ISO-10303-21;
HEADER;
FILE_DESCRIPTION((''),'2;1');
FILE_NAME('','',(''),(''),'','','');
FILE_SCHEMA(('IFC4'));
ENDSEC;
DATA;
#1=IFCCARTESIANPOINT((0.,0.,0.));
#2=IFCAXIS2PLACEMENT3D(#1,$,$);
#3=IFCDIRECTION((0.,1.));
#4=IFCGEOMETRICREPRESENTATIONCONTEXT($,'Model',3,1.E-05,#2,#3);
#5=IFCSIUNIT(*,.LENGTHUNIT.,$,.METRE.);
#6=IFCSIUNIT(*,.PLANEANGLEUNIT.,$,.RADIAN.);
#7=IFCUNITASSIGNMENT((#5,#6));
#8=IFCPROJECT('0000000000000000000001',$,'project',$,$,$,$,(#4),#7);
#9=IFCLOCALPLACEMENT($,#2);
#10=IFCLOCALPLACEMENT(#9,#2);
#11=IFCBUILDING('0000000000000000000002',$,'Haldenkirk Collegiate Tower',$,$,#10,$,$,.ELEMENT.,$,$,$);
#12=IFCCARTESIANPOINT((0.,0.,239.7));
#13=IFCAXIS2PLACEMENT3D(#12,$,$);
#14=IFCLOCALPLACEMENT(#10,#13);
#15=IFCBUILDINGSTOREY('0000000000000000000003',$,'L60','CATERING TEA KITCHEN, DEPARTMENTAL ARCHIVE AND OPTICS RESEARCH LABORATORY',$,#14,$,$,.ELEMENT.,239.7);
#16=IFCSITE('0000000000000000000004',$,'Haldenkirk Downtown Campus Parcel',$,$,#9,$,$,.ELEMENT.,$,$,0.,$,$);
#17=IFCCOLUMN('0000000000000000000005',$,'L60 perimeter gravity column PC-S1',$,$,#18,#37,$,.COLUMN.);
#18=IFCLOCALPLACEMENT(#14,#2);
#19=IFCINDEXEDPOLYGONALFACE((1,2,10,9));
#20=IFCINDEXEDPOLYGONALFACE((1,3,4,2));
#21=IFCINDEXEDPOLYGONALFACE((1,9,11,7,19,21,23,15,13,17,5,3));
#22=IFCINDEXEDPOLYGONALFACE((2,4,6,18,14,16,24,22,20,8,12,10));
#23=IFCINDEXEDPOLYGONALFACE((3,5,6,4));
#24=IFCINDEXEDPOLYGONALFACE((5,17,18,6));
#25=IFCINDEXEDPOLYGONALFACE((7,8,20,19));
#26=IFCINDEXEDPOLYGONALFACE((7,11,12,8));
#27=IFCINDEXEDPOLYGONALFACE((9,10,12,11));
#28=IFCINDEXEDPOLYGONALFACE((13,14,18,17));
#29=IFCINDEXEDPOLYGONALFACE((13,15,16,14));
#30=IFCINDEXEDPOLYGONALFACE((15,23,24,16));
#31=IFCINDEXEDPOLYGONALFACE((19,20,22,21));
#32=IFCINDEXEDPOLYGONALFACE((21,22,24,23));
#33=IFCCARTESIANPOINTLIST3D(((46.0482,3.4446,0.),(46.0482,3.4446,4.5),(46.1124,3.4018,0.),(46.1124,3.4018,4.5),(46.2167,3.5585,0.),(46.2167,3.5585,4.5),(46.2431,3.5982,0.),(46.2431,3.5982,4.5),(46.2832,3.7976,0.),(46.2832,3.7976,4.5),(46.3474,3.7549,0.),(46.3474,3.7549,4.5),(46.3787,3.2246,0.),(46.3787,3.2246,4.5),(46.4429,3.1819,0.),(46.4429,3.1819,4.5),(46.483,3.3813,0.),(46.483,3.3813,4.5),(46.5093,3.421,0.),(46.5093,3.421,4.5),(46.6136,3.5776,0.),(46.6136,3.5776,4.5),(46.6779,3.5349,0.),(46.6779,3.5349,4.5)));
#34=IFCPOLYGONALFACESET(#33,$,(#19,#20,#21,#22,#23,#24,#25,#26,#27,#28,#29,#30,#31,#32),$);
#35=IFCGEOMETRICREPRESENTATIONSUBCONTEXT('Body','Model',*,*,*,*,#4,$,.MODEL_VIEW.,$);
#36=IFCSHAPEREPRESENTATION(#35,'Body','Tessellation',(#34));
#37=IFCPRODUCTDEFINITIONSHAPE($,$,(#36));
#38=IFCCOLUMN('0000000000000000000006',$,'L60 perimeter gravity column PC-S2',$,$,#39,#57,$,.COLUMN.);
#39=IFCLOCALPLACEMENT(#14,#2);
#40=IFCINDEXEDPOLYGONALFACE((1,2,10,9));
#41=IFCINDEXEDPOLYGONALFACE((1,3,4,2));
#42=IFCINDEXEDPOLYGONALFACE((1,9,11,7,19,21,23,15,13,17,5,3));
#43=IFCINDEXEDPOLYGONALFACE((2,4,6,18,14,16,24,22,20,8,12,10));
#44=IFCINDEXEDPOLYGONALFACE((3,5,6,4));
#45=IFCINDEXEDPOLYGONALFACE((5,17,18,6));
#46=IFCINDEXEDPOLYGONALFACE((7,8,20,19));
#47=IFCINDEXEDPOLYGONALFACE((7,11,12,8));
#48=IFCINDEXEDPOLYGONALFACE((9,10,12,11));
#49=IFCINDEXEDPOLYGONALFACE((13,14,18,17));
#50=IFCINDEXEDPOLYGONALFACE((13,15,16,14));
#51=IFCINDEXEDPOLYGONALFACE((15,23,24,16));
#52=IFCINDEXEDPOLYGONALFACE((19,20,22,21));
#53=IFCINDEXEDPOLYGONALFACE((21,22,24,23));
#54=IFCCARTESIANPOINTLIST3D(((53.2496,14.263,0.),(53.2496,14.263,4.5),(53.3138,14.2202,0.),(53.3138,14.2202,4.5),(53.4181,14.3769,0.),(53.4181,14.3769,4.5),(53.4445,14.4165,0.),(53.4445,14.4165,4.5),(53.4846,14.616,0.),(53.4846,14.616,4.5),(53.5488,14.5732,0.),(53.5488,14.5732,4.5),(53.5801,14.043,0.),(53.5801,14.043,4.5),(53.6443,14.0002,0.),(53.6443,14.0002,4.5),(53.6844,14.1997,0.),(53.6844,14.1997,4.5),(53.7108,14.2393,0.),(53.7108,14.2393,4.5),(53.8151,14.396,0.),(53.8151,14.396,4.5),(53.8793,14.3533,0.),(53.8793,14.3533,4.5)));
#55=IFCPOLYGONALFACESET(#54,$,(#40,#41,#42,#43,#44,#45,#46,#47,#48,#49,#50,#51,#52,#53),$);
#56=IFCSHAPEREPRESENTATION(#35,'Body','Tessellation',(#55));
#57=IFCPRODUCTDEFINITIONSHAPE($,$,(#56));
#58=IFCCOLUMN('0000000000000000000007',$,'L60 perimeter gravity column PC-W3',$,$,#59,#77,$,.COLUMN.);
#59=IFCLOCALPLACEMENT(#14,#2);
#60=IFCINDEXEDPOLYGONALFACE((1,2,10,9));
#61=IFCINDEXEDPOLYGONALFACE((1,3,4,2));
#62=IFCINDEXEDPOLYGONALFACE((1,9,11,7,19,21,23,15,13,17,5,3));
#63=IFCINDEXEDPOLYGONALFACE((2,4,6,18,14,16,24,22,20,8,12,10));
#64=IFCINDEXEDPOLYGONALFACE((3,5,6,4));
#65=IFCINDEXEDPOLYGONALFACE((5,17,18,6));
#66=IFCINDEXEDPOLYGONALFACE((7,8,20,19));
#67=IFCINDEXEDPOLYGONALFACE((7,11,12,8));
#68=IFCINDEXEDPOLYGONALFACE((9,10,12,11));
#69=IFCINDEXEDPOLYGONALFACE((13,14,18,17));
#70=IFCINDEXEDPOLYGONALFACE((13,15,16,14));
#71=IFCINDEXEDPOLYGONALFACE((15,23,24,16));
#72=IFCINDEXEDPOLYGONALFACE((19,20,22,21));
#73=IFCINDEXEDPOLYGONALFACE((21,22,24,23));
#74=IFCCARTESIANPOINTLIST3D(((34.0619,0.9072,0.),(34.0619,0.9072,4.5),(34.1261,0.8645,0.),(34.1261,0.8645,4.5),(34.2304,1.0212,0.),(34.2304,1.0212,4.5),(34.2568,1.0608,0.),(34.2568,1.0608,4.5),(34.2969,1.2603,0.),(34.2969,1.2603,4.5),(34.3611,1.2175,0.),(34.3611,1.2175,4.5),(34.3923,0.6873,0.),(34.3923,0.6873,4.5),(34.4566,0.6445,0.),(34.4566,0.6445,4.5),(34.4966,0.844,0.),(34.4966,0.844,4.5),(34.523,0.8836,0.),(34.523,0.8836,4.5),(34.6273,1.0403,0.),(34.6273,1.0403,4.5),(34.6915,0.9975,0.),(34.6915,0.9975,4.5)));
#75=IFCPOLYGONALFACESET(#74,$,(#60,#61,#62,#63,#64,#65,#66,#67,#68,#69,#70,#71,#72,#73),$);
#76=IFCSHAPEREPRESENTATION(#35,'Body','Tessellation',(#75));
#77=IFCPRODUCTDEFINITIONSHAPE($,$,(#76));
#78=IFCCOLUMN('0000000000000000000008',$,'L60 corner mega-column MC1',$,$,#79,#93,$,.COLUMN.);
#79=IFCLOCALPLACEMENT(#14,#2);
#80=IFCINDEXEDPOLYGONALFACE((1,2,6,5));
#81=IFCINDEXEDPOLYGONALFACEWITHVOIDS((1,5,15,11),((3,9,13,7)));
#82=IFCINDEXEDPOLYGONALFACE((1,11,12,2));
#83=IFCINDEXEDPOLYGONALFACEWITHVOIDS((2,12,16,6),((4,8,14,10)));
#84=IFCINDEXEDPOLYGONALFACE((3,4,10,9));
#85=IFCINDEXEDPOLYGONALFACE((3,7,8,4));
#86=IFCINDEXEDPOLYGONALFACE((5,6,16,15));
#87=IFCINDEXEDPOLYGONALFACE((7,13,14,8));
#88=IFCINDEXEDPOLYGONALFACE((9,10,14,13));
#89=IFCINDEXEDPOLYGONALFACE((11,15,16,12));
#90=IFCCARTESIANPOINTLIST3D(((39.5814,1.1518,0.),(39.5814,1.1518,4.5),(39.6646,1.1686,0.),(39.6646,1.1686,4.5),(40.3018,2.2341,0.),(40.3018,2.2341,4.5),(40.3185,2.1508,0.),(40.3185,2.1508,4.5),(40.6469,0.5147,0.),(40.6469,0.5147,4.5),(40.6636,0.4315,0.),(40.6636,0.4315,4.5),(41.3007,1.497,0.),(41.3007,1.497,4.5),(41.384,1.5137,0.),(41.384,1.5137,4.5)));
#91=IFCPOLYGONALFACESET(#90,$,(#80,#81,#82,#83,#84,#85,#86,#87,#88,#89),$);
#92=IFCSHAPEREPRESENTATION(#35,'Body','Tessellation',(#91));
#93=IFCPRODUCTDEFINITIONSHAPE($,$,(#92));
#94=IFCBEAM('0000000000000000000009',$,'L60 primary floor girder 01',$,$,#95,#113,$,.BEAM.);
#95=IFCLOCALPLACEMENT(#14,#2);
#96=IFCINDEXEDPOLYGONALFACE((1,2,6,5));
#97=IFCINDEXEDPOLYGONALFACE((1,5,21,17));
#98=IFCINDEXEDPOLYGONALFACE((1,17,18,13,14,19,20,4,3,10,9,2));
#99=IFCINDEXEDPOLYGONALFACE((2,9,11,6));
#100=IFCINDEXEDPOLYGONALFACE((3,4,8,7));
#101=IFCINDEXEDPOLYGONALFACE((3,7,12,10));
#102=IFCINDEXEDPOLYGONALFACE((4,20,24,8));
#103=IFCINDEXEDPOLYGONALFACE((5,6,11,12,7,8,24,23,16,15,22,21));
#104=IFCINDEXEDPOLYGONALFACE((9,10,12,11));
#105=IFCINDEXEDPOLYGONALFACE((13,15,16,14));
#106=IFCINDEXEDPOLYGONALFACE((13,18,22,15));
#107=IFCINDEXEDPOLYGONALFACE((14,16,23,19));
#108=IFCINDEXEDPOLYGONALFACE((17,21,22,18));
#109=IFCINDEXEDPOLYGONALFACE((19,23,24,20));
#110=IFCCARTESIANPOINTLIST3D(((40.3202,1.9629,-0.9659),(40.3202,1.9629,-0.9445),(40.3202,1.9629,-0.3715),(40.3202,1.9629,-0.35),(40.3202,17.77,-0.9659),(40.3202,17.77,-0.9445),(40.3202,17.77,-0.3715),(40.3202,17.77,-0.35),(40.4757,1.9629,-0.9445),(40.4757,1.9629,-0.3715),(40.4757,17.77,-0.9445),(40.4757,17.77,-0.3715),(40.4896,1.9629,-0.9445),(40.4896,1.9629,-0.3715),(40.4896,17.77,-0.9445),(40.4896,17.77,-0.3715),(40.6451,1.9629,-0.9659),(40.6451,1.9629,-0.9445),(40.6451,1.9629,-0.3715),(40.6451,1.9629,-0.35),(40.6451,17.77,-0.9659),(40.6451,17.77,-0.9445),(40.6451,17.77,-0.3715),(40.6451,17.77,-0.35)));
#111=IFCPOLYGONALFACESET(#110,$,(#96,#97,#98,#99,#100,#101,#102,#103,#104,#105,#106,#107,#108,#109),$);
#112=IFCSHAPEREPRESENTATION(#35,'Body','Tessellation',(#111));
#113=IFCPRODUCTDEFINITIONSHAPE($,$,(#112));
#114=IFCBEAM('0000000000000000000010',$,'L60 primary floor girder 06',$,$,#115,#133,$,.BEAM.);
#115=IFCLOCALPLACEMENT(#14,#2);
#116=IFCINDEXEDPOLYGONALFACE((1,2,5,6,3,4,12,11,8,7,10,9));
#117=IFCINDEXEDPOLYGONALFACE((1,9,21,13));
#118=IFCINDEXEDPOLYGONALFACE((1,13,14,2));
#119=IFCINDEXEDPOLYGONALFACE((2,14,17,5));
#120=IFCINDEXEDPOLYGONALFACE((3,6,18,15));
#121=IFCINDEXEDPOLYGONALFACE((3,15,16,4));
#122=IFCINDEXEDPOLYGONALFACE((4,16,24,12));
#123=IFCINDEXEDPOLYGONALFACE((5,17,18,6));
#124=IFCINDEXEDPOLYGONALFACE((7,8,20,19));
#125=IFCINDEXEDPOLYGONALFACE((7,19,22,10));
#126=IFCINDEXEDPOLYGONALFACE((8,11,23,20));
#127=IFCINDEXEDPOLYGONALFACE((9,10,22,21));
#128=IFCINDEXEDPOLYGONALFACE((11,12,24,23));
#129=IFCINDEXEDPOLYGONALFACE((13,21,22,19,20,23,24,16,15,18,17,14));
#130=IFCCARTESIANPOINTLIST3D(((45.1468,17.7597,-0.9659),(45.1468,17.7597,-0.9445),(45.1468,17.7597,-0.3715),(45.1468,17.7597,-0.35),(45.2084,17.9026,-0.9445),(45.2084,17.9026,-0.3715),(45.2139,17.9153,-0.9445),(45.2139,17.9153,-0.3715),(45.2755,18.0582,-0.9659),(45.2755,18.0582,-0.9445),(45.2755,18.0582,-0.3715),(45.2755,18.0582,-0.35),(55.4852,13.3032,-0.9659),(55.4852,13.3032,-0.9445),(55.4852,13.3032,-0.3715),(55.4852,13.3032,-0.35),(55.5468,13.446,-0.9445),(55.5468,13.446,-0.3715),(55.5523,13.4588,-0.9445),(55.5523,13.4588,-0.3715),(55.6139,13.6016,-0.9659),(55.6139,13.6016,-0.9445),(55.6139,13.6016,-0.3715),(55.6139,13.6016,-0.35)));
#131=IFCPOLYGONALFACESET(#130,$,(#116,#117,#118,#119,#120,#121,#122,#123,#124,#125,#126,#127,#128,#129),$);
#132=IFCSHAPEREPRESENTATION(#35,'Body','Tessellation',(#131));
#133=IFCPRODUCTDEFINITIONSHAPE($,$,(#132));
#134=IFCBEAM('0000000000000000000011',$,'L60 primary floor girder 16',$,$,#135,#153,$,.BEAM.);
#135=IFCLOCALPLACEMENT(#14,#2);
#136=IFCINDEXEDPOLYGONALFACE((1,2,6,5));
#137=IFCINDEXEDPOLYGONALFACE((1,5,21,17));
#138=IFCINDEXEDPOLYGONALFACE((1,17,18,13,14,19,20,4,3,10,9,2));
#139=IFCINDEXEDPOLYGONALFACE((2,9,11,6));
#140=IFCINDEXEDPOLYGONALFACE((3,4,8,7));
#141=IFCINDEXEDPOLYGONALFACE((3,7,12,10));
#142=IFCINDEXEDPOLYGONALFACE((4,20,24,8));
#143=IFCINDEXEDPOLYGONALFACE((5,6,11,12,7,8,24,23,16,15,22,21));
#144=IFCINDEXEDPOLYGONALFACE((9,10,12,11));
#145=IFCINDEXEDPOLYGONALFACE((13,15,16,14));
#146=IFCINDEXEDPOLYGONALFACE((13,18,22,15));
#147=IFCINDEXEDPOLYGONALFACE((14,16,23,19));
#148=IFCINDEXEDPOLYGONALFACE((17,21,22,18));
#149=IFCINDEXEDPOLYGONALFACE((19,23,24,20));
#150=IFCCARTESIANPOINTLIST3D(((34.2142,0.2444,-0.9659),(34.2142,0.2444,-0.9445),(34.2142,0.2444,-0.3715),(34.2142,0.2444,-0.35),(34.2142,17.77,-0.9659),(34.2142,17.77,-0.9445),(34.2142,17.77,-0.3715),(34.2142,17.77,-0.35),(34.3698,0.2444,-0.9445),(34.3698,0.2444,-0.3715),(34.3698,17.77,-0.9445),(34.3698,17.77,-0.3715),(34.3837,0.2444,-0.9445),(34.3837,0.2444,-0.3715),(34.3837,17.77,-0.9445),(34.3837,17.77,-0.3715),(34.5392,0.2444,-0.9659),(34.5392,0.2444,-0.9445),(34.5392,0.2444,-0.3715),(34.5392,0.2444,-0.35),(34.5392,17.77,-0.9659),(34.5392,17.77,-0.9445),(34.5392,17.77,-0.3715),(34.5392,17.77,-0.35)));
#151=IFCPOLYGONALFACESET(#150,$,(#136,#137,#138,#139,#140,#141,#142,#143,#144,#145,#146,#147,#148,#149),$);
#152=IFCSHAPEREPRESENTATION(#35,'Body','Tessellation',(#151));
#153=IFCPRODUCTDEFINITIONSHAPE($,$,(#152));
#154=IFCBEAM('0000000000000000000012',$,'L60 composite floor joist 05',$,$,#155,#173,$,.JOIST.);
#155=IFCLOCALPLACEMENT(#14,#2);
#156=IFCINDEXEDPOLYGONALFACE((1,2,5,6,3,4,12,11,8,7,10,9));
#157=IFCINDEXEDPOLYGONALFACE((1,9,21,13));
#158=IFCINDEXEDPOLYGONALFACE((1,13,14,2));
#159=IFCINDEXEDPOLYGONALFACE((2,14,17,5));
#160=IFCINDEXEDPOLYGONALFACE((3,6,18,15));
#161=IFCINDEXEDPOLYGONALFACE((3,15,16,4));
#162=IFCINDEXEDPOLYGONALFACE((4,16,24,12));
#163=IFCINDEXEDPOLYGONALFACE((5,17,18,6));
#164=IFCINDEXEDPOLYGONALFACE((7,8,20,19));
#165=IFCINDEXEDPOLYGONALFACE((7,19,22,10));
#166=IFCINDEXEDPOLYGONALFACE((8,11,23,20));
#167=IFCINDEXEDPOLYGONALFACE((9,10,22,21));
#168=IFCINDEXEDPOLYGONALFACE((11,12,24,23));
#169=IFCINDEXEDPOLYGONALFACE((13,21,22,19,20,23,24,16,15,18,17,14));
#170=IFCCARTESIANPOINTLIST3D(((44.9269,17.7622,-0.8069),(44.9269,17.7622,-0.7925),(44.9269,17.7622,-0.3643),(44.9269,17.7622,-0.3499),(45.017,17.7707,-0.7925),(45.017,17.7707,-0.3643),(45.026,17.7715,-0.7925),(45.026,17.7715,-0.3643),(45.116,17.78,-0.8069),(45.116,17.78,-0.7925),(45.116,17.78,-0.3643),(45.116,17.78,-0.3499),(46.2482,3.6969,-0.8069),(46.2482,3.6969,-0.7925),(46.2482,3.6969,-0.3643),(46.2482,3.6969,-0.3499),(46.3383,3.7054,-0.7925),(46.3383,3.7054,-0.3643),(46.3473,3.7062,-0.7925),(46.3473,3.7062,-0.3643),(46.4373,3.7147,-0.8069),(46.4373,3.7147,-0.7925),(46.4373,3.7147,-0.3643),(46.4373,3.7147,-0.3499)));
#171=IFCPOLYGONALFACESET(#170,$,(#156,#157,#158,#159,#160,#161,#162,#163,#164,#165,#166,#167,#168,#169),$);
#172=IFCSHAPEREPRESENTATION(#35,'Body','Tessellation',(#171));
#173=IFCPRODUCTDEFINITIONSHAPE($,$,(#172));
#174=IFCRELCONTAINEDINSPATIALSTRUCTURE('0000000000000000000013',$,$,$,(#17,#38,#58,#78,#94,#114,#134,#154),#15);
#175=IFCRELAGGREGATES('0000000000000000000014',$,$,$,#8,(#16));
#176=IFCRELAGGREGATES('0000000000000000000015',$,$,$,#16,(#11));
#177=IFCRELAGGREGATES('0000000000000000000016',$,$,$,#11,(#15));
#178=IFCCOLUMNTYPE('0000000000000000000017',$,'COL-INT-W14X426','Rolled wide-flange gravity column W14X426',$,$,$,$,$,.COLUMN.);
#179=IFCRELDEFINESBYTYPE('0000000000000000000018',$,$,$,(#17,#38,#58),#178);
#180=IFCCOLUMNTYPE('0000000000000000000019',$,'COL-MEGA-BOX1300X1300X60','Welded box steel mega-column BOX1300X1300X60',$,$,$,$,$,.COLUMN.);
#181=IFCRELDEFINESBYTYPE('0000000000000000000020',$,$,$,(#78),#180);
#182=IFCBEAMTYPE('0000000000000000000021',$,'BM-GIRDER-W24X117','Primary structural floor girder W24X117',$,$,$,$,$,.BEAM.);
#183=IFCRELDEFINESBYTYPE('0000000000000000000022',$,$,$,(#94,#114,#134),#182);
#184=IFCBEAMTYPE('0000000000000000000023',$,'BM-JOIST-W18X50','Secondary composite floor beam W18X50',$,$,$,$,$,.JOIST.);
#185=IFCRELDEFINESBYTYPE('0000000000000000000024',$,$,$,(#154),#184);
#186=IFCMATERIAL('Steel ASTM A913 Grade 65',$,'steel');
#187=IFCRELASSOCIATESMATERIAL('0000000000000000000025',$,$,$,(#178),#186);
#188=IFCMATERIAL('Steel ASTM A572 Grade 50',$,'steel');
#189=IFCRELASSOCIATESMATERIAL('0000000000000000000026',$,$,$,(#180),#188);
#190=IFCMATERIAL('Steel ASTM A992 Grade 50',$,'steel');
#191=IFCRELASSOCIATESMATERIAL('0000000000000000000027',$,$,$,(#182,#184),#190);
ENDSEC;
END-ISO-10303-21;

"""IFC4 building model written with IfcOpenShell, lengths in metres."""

from ifc_helpers import new_model, si_unit, direction, frame, origin, origin_2d, place, context, subcontext, project, spatial, hollow_rectangle, i_section, extrude, material, material_profile, profile_set, type_object, element, save


model = new_model("IFC4")

# Units and contexts
model_context = context("Model", 3, precision=1e-05, world=origin(), true_north=direction((0.0, 1.0)))
body_context = subcontext(model_context, "Body", "Model", "MODEL_VIEW")
ifc_project = project(units=[si_unit("LENGTHUNIT", "METRE"), si_unit("PLANEANGLEUNIT", "RADIAN")], contexts=[model_context])

# Site, building, storey
site_placement = place(None, origin())
site = spatial("IfcSite", under=ifc_project, at=site_placement, Name="Haldenkirk Downtown Campus Parcel", CompositionType="ELEMENT", RefElevation=0.0)
building_placement = place(site_placement, origin())
building = spatial("IfcBuilding", under=site, at=building_placement, Name="Haldenkirk Collegiate Tower", CompositionType="ELEMENT")
storey_placement = place(building_placement, frame((0.0, 0.0, 239.7)))
storey = spatial("IfcBuildingStorey", under=building, at=storey_placement, Name="L60", Description="CATERING TEA KITCHEN, DEPARTMENTAL ARCHIVE AND OPTICS RESEARCH LABORATORY", CompositionType="ELEMENT", Elevation=239.7)

# Columns
ifc_material_1 = material(Name="Steel ASTM A913 Grade 65", Category="steel")
ifc_material_profile_1 = material_profile(ifc_material_1, i_section(OverallWidth=0.4241, OverallDepth=0.4741, WebThickness=0.0476, FlangeThickness=0.0771, at=origin_2d()), Name="W14X426")
ifc_profile_set_1 = profile_set([ifc_material_profile_1], Name="Steel ASTM A913 Grade 65")
column_type_1 = type_object("IfcColumnType", Name="COL-INT-W14X426", Description="Rolled wide-flange gravity column W14X426", PredefinedType="COLUMN", material=ifc_profile_set_1)
for number, where, z_axis, x_axis, name in (
    (1, (46.363, 3.4897, 0.0), (0.0, 0.0, 1.0), (0.554118, 0.832438, 0.0), "L60 perimeter gravity column PC-S1"),
    (2, (53.5645, 14.3081, 0.0), (0.0, 0.0, 1.0), (0.554118, 0.832438, 0.0), "L60 perimeter gravity column PC-S2"),
    (3, (34.3767, 0.9524, 0.0), (0.0, 0.0, 1.0), (0.554118, 0.832438, 0.0), "L60 perimeter gravity column PC-W3"),
):
    element("IfcColumn", number, at=place(storey_placement, frame(where, z_axis=z_axis, x_axis=x_axis)), inside=storey, type_object=column_type_1, Name=name, PredefinedType="COLUMN", context=body_context, shape_type="SweptSolid", body=[
        extrude(i_section(OverallWidth=0.4241, OverallDepth=0.4741, WebThickness=0.0476, FlangeThickness=0.0771, at=origin_2d()), origin(), (0.0, 0.0, 1.0), 4.5),
    ])
ifc_material_2 = material(Name="Steel ASTM A572 Grade 50", Category="steel")
ifc_material_profile_2 = material_profile(ifc_material_2, hollow_rectangle(XDim=1.3, YDim=1.3, WallThickness=0.0601, at=origin_2d()), Name="BOX1300X1300X60")
ifc_profile_set_2 = profile_set([ifc_material_profile_2], Name="Steel ASTM A572 Grade 50")
column_type_2 = type_object("IfcColumnType", Name="COL-MEGA-BOX1300X1300X60", Description="Welded box steel mega-column BOX1300X1300X60", PredefinedType="COLUMN", material=ifc_profile_set_2)
column_placement = place(storey_placement, frame((40.4827, 1.3328, 0.0), z_axis=(0.0, 0.0, 1.0), x_axis=(0.554118, 0.832438, 0.0)))
element("IfcColumn", 4, at=column_placement, inside=storey, type_object=column_type_2, Name="L60 corner mega-column MC1", PredefinedType="COLUMN", context=body_context, shape_type="SweptSolid", body=[
    extrude(hollow_rectangle(XDim=1.3, YDim=1.3, WallThickness=0.0601, at=origin_2d()), origin(), (0.0, 0.0, 1.0), 4.5),
])

# Beams
ifc_material_3 = material(Name="Steel ASTM A992 Grade 50", Category="steel")
ifc_material_profile_3 = material_profile(ifc_material_3, i_section(OverallWidth=0.325, OverallDepth=0.616, WebThickness=0.0139, FlangeThickness=0.0215, at=origin_2d()), Name="W24X117")
ifc_profile_set_3 = profile_set([ifc_material_profile_3], Name="Steel ASTM A992 Grade 50")
beam_type_1 = type_object("IfcBeamType", Name="BM-GIRDER-W24X117", Description="Primary structural floor girder W24X117", PredefinedType="BEAM", material=ifc_profile_set_3)
beam_1_placement = place(storey_placement, frame((40.4827, 1.9629, -0.658), z_axis=(0.0, 1.0, 0.0), x_axis=(-1.0, 0.0, 0.0)))
element("IfcBeam", 5, at=beam_1_placement, inside=storey, type_object=beam_type_1, Name="L60 primary floor girder 01", PredefinedType="BEAM", context=body_context, shape_type="SweptSolid", body=[
    extrude(i_section(OverallWidth=0.325, OverallDepth=0.616, WebThickness=0.0139, FlangeThickness=0.0215, at=origin_2d()), origin(), (0.0, 0.0, 1.0), 15.8071),
])
beam_2_placement = place(storey_placement, frame((55.5496, 13.4524, -0.658), z_axis=(-0.918313, 0.395855, 0.0), x_axis=(-0.395855, -0.918313, 0.0)))
element("IfcBeam", 6, at=beam_2_placement, inside=storey, type_object=beam_type_1, Name="L60 primary floor girder 06", PredefinedType="BEAM", context=body_context, shape_type="SweptSolid", body=[
    extrude(i_section(OverallWidth=0.325, OverallDepth=0.616, WebThickness=0.0139, FlangeThickness=0.0215, at=origin_2d()), origin(), (0.0, 0.0, 1.0), 11.2581),
])
beam_3_placement = place(storey_placement, frame((34.3767, 0.2444, -0.658), z_axis=(0.0, 1.0, 0.0), x_axis=(-1.0, 0.0, 0.0)))
element("IfcBeam", 7, at=beam_3_placement, inside=storey, type_object=beam_type_1, Name="L60 primary floor girder 16", PredefinedType="BEAM", context=body_context, shape_type="SweptSolid", body=[
    extrude(i_section(OverallWidth=0.325, OverallDepth=0.616, WebThickness=0.0139, FlangeThickness=0.0215, at=origin_2d()), origin(), (0.0, 0.0, 1.0), 17.5256),
])
ifc_material_profile_4 = material_profile(ifc_material_3, i_section(OverallWidth=0.1899, OverallDepth=0.457, WebThickness=0.009, FlangeThickness=0.0144, at=origin_2d()), Name="W18X50")
ifc_profile_set_4 = profile_set([ifc_material_profile_4], Name="Steel ASTM A992 Grade 50")
beam_type_2 = type_object("IfcBeamType", Name="BM-JOIST-W18X50", Description="Secondary composite floor beam W18X50", PredefinedType="JOIST", material=ifc_profile_set_4)
beam_4_placement = place(storey_placement, frame((46.3428, 3.7058, -0.5784), z_axis=(-0.093529, 0.995617, 0.0), x_axis=(-0.995617, -0.093529, 0.0)))
element("IfcBeam", 8, at=beam_4_placement, inside=storey, type_object=beam_type_2, Name="L60 composite floor joist 05", PredefinedType="JOIST", context=body_context, shape_type="SweptSolid", body=[
    extrude(i_section(OverallWidth=0.1899, OverallDepth=0.457, WebThickness=0.009, FlangeThickness=0.0144, at=origin_2d()), origin(), (0.0, 0.0, 1.0), 14.1272),
])

save(model, "model.ifc")
